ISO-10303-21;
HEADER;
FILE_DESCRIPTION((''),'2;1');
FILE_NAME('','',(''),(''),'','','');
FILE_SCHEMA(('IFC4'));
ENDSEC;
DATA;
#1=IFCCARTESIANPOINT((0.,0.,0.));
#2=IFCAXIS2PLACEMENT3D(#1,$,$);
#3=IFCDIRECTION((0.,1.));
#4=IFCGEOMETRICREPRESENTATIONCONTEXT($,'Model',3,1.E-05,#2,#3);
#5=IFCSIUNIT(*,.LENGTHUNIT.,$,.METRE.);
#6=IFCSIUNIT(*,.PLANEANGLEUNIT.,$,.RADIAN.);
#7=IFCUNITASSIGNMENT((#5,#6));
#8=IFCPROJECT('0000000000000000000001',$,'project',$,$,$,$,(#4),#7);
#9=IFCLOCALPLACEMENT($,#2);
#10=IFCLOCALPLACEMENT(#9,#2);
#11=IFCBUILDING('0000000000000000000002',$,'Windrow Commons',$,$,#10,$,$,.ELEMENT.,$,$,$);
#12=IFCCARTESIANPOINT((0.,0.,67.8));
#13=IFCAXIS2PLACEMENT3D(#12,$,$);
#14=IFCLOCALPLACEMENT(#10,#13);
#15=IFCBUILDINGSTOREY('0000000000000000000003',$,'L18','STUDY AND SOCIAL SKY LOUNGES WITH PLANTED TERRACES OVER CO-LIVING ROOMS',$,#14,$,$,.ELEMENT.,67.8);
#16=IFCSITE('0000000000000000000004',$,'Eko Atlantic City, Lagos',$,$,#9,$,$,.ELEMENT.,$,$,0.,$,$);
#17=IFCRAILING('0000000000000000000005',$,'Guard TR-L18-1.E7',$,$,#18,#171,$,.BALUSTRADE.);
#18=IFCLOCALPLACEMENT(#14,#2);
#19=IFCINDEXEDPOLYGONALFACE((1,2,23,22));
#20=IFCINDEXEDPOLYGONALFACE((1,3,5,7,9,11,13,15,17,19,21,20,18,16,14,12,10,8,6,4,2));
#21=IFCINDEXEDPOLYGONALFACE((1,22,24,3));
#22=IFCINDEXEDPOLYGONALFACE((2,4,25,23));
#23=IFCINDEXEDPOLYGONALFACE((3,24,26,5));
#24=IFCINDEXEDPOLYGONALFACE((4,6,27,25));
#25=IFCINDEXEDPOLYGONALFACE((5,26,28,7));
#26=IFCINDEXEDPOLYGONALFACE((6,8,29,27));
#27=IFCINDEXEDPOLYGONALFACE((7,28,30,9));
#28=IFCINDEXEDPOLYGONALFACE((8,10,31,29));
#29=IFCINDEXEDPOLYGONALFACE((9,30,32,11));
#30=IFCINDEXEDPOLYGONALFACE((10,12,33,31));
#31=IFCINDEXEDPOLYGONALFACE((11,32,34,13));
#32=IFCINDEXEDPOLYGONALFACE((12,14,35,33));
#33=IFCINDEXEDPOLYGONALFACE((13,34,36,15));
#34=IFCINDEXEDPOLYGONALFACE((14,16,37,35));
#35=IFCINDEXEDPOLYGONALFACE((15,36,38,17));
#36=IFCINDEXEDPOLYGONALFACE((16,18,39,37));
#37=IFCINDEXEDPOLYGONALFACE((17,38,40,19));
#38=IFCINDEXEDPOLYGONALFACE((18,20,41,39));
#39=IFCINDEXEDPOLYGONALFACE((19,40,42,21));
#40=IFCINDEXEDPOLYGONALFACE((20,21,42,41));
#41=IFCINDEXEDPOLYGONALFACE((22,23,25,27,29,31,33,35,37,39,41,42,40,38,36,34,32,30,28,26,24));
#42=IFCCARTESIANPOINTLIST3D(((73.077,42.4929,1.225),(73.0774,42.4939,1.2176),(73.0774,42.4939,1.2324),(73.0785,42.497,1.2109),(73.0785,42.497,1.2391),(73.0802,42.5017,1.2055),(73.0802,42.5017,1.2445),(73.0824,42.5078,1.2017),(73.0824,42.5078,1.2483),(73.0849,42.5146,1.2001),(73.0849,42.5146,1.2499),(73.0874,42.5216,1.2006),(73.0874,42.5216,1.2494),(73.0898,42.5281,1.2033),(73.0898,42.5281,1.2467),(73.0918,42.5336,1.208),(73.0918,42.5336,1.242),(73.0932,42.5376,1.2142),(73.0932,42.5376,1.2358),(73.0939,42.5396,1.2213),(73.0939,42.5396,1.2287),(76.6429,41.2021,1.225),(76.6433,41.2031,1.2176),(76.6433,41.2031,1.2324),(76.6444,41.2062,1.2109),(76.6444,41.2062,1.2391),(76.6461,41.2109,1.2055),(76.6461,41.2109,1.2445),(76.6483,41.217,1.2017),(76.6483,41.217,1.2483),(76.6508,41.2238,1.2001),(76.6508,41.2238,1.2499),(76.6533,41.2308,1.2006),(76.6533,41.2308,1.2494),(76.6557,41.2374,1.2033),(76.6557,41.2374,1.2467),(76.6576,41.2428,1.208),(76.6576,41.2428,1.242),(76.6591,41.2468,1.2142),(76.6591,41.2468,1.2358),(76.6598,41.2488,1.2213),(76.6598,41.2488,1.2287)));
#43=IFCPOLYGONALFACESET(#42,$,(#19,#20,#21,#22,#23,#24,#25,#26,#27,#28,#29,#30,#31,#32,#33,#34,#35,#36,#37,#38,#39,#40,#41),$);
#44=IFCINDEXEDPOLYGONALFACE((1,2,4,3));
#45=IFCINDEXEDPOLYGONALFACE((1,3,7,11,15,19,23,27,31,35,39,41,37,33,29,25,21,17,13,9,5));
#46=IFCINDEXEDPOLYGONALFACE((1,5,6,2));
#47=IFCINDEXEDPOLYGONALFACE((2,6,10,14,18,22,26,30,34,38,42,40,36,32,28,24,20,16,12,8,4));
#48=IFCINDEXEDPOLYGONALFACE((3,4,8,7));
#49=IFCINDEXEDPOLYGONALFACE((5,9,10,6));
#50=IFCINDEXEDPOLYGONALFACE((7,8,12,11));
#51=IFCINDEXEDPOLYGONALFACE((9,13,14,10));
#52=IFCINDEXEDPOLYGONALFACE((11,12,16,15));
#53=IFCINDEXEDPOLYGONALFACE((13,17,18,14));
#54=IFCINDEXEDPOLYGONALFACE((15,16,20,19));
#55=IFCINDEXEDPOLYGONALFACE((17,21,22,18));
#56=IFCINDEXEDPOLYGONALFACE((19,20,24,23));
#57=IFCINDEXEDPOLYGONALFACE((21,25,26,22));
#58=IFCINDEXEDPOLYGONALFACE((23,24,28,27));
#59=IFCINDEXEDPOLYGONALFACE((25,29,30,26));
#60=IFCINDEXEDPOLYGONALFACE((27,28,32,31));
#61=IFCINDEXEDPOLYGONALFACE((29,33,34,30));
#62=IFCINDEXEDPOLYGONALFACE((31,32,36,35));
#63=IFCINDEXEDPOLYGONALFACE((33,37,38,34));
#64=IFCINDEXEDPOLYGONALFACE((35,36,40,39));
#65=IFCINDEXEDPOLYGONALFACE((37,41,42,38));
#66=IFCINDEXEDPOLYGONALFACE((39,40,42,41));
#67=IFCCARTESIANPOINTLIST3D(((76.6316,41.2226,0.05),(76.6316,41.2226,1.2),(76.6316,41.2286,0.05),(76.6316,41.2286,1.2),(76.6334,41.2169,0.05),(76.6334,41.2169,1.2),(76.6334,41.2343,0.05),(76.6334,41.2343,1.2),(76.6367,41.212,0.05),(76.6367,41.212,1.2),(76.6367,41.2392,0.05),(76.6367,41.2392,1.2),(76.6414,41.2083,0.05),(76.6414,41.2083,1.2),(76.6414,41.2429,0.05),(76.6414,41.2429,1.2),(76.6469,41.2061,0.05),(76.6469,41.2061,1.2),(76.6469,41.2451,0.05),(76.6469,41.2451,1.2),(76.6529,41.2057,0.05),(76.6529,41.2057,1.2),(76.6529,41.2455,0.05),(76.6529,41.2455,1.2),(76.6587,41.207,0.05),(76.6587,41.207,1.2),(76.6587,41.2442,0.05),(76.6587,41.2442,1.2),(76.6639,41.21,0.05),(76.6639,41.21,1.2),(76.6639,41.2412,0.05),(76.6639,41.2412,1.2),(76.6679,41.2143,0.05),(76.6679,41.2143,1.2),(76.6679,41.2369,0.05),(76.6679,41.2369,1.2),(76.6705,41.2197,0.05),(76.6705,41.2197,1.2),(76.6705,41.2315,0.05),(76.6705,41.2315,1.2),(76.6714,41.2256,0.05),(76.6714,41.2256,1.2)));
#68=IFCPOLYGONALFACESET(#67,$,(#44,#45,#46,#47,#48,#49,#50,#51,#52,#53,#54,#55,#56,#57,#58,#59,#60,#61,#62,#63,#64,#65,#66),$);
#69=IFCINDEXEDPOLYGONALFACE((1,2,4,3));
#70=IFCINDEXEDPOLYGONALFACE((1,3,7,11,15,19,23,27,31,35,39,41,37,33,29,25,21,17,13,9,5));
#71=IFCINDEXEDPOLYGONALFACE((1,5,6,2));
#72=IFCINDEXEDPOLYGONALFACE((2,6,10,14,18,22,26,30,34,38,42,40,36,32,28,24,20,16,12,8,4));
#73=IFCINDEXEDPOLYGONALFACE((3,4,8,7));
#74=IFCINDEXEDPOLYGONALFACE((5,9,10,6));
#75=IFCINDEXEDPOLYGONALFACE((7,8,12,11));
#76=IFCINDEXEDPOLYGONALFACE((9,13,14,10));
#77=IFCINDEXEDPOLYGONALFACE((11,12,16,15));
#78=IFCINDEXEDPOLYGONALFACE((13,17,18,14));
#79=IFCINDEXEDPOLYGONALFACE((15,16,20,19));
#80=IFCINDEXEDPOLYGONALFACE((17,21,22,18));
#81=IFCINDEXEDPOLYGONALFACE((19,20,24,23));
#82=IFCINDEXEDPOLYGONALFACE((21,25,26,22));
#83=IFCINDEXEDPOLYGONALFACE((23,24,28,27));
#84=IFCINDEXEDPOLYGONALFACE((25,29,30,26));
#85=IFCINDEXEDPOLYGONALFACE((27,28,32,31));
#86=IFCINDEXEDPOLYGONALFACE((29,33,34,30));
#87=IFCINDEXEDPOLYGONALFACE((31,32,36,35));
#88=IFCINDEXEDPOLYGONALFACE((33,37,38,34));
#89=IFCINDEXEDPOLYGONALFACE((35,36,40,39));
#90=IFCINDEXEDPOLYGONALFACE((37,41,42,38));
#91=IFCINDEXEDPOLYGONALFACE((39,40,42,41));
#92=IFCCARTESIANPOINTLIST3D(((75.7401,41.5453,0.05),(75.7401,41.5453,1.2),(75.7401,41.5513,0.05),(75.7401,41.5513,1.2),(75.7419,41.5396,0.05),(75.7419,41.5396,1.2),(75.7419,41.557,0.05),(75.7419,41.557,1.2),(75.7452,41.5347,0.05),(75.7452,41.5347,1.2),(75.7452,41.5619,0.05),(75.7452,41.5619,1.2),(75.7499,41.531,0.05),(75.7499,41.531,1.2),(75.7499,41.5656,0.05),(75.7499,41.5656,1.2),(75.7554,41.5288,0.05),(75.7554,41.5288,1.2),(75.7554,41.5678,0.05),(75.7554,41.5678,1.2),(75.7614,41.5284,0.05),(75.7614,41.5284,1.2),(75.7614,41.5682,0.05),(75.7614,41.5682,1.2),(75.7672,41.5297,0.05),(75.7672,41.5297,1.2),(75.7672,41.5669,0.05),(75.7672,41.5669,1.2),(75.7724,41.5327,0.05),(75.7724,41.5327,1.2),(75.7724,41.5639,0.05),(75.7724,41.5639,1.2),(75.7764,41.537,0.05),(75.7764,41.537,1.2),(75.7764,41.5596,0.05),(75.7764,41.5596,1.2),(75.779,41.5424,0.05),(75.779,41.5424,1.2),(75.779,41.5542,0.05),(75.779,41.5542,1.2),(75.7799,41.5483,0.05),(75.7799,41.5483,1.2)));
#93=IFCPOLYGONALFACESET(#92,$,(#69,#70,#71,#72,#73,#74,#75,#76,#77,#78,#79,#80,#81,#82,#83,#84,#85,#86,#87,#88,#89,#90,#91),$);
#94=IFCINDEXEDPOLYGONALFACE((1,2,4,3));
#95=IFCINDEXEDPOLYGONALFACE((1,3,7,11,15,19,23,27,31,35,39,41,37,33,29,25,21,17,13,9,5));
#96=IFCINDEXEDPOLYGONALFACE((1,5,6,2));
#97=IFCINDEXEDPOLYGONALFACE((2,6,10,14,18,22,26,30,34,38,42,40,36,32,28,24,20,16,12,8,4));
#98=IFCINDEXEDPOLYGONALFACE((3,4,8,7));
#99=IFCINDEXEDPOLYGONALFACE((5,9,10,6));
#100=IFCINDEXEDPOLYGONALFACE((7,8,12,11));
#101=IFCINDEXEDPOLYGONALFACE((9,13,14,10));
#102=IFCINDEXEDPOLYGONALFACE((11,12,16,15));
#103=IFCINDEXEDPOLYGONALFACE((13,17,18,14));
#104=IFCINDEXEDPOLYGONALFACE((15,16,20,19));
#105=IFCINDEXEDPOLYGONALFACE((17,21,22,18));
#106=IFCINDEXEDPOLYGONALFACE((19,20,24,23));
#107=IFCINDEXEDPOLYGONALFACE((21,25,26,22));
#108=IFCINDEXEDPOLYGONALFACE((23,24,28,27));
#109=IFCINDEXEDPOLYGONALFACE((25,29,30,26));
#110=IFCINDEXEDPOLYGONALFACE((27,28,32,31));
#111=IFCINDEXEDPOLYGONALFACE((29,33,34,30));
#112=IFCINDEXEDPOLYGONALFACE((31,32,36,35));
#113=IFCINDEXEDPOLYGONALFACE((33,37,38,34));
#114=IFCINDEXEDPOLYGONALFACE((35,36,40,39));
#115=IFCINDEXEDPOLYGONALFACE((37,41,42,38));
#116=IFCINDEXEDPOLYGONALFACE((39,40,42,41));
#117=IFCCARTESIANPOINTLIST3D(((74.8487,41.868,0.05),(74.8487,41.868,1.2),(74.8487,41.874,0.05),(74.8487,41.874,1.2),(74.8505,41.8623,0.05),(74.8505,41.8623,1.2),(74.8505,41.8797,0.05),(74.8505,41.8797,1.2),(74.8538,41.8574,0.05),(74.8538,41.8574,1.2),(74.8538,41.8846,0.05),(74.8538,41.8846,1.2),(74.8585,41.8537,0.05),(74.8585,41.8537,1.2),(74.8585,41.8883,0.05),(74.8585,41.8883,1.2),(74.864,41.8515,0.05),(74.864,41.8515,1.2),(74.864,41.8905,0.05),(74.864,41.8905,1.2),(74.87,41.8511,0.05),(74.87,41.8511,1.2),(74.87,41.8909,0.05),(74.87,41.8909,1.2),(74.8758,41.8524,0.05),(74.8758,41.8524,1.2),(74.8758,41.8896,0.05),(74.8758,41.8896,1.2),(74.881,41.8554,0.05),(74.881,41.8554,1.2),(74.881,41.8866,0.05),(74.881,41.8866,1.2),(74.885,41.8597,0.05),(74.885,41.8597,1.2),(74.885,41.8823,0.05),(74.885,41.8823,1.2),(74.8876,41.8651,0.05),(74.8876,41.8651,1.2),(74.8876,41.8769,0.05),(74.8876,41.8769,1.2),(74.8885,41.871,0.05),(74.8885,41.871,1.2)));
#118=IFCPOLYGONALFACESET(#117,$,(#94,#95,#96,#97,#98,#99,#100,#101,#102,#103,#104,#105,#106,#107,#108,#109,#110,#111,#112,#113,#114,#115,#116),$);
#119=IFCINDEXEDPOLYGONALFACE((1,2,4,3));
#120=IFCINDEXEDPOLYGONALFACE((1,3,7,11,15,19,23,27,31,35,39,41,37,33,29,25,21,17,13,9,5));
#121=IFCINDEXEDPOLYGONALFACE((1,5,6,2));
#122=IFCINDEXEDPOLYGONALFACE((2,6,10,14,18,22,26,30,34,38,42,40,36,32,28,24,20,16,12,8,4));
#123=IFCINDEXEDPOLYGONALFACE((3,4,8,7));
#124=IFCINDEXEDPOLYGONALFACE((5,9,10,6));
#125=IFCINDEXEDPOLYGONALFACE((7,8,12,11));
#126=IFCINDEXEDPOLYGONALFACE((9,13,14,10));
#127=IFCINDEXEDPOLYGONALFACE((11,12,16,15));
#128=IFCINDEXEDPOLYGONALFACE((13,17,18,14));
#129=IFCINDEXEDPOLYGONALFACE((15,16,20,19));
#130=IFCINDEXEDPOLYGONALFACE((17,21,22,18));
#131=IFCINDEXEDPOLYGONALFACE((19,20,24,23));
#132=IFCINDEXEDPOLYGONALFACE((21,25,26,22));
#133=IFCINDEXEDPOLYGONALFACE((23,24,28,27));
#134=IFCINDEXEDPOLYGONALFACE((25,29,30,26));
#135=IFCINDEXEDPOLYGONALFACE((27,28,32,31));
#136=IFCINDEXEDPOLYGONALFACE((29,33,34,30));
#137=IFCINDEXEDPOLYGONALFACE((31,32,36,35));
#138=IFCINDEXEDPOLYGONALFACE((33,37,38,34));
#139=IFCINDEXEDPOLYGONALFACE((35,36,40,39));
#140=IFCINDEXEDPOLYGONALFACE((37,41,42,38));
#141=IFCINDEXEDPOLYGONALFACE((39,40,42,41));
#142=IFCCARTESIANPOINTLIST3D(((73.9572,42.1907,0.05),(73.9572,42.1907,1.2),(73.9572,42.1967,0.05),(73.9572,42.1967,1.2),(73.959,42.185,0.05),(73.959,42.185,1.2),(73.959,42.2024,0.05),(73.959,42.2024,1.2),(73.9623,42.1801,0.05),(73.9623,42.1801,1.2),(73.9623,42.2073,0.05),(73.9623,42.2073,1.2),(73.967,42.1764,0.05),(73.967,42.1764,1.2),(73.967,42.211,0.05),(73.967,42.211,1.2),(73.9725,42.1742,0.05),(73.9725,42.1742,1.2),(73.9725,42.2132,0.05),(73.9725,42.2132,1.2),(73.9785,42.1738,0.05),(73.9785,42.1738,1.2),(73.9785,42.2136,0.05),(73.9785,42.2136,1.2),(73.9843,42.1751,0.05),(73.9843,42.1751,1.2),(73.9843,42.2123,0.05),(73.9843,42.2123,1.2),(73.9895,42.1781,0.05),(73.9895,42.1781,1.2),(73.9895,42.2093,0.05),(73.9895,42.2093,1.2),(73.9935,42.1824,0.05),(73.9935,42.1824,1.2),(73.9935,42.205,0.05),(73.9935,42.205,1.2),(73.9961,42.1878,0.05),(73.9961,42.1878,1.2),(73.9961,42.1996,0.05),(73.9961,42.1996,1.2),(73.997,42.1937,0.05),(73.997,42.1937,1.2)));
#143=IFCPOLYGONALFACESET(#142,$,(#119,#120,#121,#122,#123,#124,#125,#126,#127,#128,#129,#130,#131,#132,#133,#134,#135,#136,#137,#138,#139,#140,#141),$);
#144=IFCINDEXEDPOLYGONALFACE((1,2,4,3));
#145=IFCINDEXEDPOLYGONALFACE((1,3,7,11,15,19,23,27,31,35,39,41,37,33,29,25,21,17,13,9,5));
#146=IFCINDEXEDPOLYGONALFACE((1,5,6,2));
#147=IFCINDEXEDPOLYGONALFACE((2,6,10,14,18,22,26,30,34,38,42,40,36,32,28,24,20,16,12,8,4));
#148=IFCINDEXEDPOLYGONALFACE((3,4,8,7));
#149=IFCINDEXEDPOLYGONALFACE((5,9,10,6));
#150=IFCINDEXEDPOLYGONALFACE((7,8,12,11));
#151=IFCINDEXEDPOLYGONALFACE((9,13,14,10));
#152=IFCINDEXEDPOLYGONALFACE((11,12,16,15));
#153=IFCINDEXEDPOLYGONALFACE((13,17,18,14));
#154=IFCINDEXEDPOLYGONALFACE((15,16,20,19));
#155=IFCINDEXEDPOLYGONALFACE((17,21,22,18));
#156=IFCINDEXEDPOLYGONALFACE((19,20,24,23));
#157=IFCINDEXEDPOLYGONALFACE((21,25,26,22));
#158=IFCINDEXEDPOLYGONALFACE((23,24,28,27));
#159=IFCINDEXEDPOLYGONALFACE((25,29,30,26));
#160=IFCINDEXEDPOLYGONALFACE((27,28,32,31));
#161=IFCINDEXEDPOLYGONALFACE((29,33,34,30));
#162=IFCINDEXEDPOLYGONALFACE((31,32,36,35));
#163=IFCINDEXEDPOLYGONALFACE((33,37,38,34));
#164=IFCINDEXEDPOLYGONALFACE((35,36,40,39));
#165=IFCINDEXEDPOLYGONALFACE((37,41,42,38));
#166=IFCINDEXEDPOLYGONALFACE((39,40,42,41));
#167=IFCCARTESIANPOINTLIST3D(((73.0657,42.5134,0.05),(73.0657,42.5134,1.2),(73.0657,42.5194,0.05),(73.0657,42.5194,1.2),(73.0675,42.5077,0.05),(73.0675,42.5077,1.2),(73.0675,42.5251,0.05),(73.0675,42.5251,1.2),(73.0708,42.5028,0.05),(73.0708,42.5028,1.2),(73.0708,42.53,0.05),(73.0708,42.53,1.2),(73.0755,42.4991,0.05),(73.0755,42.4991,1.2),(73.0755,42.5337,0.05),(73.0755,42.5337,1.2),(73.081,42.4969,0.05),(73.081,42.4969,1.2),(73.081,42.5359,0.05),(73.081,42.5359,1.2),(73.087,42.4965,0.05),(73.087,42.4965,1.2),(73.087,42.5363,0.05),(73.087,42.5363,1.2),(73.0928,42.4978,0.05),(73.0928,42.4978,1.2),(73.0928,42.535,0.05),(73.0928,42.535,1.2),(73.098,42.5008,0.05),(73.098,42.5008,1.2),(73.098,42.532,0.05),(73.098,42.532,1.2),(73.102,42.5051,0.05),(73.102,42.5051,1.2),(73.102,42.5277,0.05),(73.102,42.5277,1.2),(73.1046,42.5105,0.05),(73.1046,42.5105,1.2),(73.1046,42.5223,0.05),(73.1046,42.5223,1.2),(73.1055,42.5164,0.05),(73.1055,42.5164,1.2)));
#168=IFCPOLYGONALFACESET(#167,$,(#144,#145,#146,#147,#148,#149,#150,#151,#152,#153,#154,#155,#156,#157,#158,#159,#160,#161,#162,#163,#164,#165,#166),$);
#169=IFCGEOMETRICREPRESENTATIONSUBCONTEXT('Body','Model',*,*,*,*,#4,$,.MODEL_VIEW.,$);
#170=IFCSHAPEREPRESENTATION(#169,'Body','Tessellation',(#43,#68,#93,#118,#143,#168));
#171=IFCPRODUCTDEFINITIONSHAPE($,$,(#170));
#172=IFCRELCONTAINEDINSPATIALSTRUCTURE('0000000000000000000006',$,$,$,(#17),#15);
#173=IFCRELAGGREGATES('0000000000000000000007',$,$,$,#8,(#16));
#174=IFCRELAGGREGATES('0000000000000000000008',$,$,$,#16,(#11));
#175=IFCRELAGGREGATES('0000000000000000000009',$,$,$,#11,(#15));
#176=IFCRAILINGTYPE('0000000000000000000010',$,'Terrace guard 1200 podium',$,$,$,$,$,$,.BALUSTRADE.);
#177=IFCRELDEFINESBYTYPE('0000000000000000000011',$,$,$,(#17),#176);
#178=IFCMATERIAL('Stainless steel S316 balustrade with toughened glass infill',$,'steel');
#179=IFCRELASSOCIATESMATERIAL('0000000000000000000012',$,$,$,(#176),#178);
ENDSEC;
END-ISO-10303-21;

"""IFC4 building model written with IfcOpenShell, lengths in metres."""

from ifc_helpers import new_model, si_unit, direction, frame, origin, origin_2d, place, context, subcontext, project, spatial, circle, extrude, material, type_object, element, save


model = new_model("IFC4")

# Units and contexts
model_context = context("Model", 3, precision=1e-05, world=origin(), true_north=direction((0.0, 1.0)))
body_context = subcontext(model_context, "Body", "Model", "MODEL_VIEW")
ifc_project = project(units=[si_unit("LENGTHUNIT", "METRE"), si_unit("PLANEANGLEUNIT", "RADIAN")], contexts=[model_context])

# Site, building, storey
site_placement = place(None, origin())
site = spatial("IfcSite", under=ifc_project, at=site_placement, Name="Eko Atlantic City, Lagos", CompositionType="ELEMENT", RefElevation=0.0)
building_placement = place(site_placement, origin())
building = spatial("IfcBuilding", under=site, at=building_placement, Name="Windrow Commons", CompositionType="ELEMENT")
storey_placement = place(building_placement, frame((0.0, 0.0, 67.8)))
storey = spatial("IfcBuildingStorey", under=building, at=storey_placement, Name="L18", Description="STUDY AND SOCIAL SKY LOUNGES WITH PLANTED TERRACES OVER CO-LIVING ROOMS", CompositionType="ELEMENT", Elevation=67.8)

# Railing
ifc_material_1 = material(Name="Stainless steel S316 balustrade with toughened glass infill", Category="steel")
railing_type = type_object("IfcRailingType", Name="Terrace guard 1200 podium", PredefinedType="BALUSTRADE", material=ifc_material_1)
railing_1_placement = place(storey_placement, frame((76.6514, 41.2256, 0.05)))
element("IfcRailing", 1, at=railing_1_placement, inside=storey, type_object=railing_type, Name="Guard TR-L18-1.E7", PredefinedType="BALUSTRADE", context=body_context, shape_type="SweptSolid", body=[
    extrude(circle(Radius=0.025, at=origin_2d()), frame((0.0, 0.0, 1.175), z_axis=(-0.940291, 0.340371, 0.0), x_axis=(-0.340371, -0.940291, 0.0)), (0.0, 0.0, 1.0), 3.7923),
    extrude(circle(Radius=0.02, at=origin_2d()), origin(), (0.0, 0.0, 1.0), 1.15),
    extrude(circle(Radius=0.02, at=origin_2d()), frame((-0.8915, 0.3227, 0.0)), (0.0, 0.0, 1.0), 1.15),
    extrude(circle(Radius=0.02, at=origin_2d()), frame((-1.7829, 0.6454, 0.0)), (0.0, 0.0, 1.0), 1.15),
    extrude(circle(Radius=0.02, at=origin_2d()), frame((-2.6744, 0.9681, 0.0)), (0.0, 0.0, 1.0), 1.15),
    extrude(circle(Radius=0.02, at=origin_2d()), frame((-3.5659, 1.2908, 0.0)), (0.0, 0.0, 1.0), 1.15),
])

save(model, "model.ifc")
